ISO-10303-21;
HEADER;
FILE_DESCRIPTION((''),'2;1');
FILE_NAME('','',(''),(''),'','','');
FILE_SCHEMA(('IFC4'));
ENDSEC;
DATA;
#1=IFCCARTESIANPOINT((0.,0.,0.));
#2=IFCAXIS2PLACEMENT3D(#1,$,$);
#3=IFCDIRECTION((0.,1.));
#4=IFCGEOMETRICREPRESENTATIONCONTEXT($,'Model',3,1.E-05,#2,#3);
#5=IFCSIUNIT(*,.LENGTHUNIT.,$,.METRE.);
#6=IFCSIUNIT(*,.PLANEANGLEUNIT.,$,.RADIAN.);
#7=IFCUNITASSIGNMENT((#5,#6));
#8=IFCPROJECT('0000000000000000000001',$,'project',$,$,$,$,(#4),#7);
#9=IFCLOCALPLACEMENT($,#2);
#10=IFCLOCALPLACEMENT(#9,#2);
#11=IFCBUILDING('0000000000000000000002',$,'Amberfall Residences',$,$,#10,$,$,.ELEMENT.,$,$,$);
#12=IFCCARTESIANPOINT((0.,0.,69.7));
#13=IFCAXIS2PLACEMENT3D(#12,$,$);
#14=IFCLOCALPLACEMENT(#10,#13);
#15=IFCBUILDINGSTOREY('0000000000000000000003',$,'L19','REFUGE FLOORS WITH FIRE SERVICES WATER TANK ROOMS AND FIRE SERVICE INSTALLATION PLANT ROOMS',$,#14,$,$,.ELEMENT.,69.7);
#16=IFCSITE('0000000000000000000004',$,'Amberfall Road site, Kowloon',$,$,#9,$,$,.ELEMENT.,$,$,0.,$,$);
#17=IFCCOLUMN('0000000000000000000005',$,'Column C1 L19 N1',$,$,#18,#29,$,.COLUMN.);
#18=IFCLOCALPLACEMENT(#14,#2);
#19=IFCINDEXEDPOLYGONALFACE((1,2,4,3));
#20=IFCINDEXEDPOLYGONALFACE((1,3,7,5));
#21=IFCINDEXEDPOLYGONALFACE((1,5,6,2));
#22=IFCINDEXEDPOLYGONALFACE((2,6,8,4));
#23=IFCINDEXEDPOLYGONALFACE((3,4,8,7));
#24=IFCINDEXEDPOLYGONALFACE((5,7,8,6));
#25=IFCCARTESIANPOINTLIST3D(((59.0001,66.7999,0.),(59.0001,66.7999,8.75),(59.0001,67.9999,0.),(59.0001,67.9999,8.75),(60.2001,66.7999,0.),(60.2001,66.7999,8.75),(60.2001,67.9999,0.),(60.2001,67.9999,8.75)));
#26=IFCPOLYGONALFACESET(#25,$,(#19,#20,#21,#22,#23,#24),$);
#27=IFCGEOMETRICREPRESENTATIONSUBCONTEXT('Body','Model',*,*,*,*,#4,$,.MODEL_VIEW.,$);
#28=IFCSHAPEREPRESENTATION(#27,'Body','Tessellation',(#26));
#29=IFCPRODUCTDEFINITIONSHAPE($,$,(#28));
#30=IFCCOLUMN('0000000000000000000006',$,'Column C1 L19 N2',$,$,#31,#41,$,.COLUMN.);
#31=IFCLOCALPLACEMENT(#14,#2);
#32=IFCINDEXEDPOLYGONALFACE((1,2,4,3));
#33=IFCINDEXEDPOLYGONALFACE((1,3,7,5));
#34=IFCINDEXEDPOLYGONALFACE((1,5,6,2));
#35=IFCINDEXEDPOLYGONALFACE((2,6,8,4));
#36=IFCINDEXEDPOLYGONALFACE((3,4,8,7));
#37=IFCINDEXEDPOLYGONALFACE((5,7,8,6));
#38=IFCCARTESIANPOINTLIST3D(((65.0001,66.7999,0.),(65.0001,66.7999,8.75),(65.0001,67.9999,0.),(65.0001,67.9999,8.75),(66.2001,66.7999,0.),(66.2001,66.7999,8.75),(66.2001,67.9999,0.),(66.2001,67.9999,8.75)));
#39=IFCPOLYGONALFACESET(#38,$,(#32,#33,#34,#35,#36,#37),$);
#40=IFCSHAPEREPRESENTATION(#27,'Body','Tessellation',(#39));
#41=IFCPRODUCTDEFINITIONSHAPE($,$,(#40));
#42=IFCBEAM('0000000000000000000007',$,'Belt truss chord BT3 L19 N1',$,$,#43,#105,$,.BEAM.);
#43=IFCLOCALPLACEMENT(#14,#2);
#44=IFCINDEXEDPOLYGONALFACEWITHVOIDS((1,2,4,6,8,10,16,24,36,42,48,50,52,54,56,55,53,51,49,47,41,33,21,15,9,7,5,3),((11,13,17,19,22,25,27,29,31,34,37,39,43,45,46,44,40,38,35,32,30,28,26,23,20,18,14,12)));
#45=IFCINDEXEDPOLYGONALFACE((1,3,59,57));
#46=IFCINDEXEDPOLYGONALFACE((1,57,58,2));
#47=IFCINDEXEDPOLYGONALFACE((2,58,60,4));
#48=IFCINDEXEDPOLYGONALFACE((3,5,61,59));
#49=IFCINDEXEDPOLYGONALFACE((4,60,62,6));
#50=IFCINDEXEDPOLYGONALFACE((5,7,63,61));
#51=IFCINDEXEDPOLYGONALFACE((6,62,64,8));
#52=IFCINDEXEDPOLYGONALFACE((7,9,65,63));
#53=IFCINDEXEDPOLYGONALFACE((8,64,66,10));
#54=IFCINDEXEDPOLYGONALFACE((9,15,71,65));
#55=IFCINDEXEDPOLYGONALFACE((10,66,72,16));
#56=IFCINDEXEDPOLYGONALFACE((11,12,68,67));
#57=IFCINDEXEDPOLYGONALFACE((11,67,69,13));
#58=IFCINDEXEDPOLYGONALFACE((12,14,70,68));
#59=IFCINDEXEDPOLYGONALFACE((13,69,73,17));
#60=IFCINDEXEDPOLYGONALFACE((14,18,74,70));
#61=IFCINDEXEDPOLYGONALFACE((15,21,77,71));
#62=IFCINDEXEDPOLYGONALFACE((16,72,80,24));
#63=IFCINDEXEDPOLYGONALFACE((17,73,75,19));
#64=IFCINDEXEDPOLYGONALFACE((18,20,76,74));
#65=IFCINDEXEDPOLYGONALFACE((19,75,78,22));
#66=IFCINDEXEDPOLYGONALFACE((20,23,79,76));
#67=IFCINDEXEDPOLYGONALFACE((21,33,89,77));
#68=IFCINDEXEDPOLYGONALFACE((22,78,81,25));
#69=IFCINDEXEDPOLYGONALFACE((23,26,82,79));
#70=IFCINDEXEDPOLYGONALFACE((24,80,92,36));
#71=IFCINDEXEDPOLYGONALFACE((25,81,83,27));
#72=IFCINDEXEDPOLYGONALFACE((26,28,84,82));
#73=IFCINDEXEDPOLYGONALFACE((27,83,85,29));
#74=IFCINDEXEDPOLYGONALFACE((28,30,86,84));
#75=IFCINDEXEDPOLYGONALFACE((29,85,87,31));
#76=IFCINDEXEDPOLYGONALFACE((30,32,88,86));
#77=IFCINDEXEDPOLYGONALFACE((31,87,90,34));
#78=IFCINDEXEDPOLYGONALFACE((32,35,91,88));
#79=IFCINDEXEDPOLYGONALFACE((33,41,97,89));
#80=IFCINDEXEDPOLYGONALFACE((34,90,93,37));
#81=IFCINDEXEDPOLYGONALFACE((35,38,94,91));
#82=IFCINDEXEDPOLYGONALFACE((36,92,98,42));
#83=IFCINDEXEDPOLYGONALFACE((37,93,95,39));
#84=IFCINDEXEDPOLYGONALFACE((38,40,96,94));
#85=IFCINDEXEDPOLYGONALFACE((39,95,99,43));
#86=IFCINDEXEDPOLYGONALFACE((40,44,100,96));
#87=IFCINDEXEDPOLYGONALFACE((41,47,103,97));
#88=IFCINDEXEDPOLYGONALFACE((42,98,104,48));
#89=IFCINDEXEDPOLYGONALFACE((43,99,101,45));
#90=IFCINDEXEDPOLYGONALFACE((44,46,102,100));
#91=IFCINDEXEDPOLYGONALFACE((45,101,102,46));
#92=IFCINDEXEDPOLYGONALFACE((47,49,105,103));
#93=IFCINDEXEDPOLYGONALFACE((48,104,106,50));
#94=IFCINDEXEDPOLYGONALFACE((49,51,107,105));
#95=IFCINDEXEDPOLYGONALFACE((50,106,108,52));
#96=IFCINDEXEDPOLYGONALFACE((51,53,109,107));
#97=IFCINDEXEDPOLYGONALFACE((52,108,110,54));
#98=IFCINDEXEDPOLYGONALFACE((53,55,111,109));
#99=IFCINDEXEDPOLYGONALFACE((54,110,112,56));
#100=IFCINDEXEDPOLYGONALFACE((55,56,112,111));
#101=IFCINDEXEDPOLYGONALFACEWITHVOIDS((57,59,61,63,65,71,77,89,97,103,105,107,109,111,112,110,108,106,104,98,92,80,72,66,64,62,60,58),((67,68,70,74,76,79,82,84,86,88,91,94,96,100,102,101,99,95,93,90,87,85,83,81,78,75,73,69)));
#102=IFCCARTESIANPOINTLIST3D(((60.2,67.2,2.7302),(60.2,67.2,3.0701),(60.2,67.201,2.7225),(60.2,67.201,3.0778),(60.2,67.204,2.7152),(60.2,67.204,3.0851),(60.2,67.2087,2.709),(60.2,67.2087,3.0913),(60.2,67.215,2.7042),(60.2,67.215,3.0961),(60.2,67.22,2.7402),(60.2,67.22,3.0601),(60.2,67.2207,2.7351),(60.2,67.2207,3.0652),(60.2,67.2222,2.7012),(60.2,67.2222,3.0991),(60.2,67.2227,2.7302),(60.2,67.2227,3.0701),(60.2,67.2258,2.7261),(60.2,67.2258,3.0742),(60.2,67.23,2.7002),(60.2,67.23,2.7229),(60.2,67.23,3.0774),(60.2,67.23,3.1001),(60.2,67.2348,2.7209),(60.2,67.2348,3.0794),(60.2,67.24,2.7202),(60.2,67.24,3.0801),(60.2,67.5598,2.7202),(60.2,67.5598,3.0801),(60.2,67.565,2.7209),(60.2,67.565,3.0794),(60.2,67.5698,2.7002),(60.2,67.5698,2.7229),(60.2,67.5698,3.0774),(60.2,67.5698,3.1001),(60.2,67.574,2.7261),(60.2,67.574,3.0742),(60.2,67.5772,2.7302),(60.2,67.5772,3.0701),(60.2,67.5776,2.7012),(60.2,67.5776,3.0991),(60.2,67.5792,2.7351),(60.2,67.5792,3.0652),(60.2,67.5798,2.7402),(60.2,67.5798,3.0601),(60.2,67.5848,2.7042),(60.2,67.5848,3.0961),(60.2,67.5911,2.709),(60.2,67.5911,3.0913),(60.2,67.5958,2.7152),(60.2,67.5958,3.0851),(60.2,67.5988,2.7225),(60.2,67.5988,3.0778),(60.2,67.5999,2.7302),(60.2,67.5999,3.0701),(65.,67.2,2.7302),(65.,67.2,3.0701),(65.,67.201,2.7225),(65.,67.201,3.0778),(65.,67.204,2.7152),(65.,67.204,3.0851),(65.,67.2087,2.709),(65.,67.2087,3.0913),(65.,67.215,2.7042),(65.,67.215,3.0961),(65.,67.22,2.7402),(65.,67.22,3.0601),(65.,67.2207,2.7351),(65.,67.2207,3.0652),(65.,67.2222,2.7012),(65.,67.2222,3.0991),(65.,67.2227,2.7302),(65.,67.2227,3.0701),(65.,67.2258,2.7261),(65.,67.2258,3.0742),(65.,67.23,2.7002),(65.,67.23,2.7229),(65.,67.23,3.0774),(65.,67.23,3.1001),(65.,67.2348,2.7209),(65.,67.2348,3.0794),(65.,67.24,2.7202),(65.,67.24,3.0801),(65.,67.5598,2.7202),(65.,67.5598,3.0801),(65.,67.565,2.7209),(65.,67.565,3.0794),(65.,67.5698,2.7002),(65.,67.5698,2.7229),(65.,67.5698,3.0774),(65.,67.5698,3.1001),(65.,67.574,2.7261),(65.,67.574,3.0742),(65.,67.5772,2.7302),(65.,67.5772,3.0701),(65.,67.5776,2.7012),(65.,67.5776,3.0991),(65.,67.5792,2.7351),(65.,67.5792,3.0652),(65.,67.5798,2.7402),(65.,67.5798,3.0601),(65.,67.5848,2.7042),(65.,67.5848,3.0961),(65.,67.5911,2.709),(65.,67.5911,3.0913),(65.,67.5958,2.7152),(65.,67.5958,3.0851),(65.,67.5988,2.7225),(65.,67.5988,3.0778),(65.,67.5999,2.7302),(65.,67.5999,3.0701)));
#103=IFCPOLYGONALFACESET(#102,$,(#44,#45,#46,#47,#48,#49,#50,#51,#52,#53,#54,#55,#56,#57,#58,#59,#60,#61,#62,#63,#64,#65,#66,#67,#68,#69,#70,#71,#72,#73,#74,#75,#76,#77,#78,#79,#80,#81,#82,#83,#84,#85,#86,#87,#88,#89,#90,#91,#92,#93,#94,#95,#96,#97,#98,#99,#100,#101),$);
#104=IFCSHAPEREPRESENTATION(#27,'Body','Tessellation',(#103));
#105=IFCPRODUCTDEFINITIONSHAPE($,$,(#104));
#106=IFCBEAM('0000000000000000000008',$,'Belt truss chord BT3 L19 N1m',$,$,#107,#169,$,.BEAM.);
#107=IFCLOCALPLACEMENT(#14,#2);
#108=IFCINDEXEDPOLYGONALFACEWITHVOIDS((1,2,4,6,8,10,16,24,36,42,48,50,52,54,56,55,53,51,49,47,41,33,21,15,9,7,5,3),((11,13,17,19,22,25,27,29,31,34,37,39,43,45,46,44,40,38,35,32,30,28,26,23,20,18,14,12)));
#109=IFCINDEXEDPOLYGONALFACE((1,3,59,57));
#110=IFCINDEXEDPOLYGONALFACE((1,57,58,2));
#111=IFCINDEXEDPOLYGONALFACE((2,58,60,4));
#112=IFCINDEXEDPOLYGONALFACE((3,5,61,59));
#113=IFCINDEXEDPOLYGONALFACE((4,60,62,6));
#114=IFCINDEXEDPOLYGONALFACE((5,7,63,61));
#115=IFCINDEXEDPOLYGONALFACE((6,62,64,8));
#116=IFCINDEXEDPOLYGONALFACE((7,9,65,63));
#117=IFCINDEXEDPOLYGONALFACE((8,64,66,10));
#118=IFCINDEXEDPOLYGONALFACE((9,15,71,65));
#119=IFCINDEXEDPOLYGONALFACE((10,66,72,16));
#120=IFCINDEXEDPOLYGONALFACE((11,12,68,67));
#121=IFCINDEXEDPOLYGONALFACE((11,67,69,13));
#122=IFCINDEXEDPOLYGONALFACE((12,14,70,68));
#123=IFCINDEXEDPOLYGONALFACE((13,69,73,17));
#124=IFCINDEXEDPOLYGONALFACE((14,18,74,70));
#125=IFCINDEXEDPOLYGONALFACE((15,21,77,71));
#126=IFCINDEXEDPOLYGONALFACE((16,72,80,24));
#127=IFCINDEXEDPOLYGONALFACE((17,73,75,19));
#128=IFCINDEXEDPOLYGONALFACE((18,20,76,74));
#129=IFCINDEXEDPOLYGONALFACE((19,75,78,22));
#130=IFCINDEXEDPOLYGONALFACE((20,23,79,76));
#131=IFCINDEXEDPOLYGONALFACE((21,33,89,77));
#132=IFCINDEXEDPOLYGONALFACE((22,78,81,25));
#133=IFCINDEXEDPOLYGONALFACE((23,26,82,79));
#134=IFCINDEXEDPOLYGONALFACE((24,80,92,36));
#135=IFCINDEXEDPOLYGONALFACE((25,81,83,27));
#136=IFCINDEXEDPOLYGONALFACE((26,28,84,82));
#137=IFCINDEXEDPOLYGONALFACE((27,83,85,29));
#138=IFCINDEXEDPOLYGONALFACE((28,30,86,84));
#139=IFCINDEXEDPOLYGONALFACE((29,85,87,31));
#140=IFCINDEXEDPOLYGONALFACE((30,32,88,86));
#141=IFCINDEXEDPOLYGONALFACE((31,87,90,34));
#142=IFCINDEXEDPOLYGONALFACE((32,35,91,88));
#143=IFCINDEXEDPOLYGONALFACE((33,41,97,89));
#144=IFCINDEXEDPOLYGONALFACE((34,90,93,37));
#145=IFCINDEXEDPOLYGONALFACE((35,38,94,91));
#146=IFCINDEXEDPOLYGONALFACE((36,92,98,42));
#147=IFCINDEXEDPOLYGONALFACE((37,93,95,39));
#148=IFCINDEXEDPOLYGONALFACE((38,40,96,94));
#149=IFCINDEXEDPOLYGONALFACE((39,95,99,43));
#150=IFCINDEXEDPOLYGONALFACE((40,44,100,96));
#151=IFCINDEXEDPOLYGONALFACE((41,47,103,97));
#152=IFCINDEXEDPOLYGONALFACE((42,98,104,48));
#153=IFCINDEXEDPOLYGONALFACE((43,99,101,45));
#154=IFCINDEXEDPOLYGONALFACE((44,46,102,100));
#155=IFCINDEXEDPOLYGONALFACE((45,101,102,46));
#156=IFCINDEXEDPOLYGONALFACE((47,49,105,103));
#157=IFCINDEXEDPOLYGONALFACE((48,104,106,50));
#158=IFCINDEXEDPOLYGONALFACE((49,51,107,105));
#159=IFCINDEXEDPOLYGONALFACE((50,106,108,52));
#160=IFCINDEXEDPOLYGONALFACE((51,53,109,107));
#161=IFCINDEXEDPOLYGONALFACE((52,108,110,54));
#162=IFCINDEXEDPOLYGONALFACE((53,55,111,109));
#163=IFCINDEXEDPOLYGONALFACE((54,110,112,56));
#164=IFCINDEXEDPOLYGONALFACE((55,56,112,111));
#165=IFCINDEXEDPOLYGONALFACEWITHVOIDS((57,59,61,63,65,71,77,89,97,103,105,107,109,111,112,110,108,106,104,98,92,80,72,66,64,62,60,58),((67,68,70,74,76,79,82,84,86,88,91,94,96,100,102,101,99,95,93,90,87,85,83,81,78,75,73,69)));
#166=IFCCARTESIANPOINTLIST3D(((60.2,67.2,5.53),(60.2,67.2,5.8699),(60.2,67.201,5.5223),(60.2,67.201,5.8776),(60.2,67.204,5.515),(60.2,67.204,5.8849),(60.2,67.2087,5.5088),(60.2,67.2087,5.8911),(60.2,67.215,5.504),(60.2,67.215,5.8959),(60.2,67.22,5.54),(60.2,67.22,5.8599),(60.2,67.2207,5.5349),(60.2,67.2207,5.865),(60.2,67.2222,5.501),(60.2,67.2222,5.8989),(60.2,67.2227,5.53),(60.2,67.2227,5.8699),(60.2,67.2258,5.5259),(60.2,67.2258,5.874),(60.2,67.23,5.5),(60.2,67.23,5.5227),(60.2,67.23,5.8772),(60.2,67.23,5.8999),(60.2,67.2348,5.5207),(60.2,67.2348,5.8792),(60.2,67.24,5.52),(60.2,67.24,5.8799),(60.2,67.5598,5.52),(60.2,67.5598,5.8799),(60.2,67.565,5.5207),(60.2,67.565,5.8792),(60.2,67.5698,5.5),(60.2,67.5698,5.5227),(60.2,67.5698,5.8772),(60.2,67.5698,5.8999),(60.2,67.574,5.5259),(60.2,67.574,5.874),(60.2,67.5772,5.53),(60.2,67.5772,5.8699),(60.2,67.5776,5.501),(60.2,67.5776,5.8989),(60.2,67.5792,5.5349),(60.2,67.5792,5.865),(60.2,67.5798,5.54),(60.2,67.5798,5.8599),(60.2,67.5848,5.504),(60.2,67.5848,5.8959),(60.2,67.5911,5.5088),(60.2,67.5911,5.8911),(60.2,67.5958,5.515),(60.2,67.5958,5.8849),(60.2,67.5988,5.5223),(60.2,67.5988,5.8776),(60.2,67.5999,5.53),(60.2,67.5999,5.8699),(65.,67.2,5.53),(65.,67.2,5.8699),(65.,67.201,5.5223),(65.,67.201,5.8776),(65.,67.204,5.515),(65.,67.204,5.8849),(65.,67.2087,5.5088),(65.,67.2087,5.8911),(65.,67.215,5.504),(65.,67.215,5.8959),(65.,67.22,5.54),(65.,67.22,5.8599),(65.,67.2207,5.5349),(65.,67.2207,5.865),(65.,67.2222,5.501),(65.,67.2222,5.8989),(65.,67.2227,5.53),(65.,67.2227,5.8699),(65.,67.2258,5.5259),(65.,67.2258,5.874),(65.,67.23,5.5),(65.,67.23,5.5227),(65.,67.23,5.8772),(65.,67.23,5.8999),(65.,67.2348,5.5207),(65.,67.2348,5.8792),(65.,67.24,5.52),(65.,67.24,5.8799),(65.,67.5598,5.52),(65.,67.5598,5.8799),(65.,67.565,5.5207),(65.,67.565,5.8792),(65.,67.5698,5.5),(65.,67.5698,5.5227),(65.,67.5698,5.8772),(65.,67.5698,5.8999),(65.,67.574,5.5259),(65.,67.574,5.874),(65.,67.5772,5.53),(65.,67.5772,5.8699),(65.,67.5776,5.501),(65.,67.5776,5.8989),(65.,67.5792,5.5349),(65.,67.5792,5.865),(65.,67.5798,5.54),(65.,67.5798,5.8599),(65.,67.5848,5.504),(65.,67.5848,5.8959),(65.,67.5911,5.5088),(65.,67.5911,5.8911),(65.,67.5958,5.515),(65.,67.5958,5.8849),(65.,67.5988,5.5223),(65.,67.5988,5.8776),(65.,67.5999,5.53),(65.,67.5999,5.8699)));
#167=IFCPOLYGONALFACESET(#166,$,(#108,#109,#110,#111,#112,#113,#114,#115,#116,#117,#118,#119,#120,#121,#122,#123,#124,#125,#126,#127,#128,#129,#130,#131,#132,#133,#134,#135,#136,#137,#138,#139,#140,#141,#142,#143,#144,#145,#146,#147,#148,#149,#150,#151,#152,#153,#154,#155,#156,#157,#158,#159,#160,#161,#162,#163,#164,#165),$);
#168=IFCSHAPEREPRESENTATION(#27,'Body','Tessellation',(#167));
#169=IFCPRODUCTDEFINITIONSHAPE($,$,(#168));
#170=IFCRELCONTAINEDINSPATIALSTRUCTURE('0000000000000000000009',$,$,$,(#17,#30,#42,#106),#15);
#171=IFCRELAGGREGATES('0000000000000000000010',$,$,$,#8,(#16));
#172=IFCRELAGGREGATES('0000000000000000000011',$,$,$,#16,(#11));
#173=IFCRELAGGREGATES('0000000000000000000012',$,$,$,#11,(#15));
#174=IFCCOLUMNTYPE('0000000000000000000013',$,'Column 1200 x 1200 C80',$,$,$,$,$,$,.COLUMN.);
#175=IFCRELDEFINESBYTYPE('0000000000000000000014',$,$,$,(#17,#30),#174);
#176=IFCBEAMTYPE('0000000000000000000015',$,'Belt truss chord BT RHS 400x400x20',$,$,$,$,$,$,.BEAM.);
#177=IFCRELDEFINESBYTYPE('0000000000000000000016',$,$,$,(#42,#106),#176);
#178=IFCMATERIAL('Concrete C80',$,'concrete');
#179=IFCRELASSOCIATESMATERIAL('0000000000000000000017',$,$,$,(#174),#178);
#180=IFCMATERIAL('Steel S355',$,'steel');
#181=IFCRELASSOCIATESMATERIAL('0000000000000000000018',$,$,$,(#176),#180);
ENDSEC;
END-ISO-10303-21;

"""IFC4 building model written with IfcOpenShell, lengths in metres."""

from ifc_helpers import new_model, si_unit, direction, frame, origin, origin_2d, place, context, subcontext, project, spatial, rectangle, hollow_rectangle, extrude, material, material_profile, profile_set, type_object, element, save


model = new_model("IFC4")

# Units and contexts
model_context = context("Model", 3, precision=1e-05, world=origin(), true_north=direction((0.0, 1.0)))
body_context = subcontext(model_context, "Body", "Model", "MODEL_VIEW")
ifc_project = project(units=[si_unit("LENGTHUNIT", "METRE"), si_unit("PLANEANGLEUNIT", "RADIAN")], contexts=[model_context])

# Site, building, storey
site_placement = place(None, origin())
site = spatial("IfcSite", under=ifc_project, at=site_placement, Name="Amberfall Road site, Kowloon", CompositionType="ELEMENT", RefElevation=0.0)
building_placement = place(site_placement, origin())
building = spatial("IfcBuilding", under=site, at=building_placement, Name="Amberfall Residences", CompositionType="ELEMENT")
storey_placement = place(building_placement, frame((0.0, 0.0, 69.7)))
storey = spatial("IfcBuildingStorey", under=building, at=storey_placement, Name="L19", Description="REFUGE FLOORS WITH FIRE SERVICES WATER TANK ROOMS AND FIRE SERVICE INSTALLATION PLANT ROOMS", CompositionType="ELEMENT", Elevation=69.7)

# Columns
ifc_material_1 = material(Name="Concrete C80", Category="concrete")
ifc_material_profile_1 = material_profile(ifc_material_1, rectangle(XDim=1.2, YDim=1.2, at=origin_2d()), Name="Column 1200 x 1200 C80")
ifc_profile_set_1 = profile_set([ifc_material_profile_1], Name="Concrete C80")
column_type = type_object("IfcColumnType", Name="Column 1200 x 1200 C80", PredefinedType="COLUMN", material=ifc_profile_set_1)
for number, where, z_axis, x_axis, name in (
    (1, (59.6001, 67.3999, 0.0), (0.0, 0.0, 1.0), (1.0, 0.0, 0.0), "Column C1 L19 N1"),
    (2, (65.6001, 67.3999, 0.0), (0.0, 0.0, 1.0), (1.0, 0.0, 0.0), "Column C1 L19 N2"),
):
    element("IfcColumn", number, at=place(storey_placement, frame(where, z_axis=z_axis, x_axis=x_axis)), inside=storey, type_object=column_type, Name=name, PredefinedType="COLUMN", context=body_context, shape_type="SweptSolid", body=[
        extrude(rectangle(XDim=1.2, YDim=1.2, at=origin_2d()), origin(), (0.0, 0.0, 1.0), 8.75),
    ])

# Beams
ifc_material_2 = material(Name="Steel S355", Category="steel")
ifc_material_profile_2 = material_profile(ifc_material_2, hollow_rectangle(XDim=0.3999, YDim=0.3999, WallThickness=0.02, InnerFilletRadius=0.02, OuterFilletRadius=0.03, at=origin_2d()), Name="RHS 400x400x20")
ifc_profile_set_2 = profile_set([ifc_material_profile_2], Name="Steel S355")
beam_type_1 = type_object("IfcBeamType", Name="Belt truss chord BT RHS 400x400x20", PredefinedType="BEAM", material=ifc_profile_set_2)
for number, where, z_axis, x_axis, name in (
    (3, (60.2, 67.3999, 2.9001), (1.0, 0.0, 0.0), (0.0, 1.0, 0.0), "Belt truss chord BT3 L19 N1"),
    (4, (60.2, 67.3999, 5.7), (1.0, 0.0, 0.0), (0.0, 1.0, 0.0), "Belt truss chord BT3 L19 N1m"),
):
    element("IfcBeam", number, at=place(storey_placement, frame(where, z_axis=z_axis, x_axis=x_axis)), inside=storey, type_object=beam_type_1, Name=name, PredefinedType="BEAM", context=body_context, shape_type="SweptSolid", body=[
        extrude(hollow_rectangle(XDim=0.3999, YDim=0.3999, WallThickness=0.02, InnerFilletRadius=0.02, OuterFilletRadius=0.03, at=origin_2d()), origin(), (0.0, 0.0, 1.0), 4.8),
    ])

save(model, "model.ifc")
